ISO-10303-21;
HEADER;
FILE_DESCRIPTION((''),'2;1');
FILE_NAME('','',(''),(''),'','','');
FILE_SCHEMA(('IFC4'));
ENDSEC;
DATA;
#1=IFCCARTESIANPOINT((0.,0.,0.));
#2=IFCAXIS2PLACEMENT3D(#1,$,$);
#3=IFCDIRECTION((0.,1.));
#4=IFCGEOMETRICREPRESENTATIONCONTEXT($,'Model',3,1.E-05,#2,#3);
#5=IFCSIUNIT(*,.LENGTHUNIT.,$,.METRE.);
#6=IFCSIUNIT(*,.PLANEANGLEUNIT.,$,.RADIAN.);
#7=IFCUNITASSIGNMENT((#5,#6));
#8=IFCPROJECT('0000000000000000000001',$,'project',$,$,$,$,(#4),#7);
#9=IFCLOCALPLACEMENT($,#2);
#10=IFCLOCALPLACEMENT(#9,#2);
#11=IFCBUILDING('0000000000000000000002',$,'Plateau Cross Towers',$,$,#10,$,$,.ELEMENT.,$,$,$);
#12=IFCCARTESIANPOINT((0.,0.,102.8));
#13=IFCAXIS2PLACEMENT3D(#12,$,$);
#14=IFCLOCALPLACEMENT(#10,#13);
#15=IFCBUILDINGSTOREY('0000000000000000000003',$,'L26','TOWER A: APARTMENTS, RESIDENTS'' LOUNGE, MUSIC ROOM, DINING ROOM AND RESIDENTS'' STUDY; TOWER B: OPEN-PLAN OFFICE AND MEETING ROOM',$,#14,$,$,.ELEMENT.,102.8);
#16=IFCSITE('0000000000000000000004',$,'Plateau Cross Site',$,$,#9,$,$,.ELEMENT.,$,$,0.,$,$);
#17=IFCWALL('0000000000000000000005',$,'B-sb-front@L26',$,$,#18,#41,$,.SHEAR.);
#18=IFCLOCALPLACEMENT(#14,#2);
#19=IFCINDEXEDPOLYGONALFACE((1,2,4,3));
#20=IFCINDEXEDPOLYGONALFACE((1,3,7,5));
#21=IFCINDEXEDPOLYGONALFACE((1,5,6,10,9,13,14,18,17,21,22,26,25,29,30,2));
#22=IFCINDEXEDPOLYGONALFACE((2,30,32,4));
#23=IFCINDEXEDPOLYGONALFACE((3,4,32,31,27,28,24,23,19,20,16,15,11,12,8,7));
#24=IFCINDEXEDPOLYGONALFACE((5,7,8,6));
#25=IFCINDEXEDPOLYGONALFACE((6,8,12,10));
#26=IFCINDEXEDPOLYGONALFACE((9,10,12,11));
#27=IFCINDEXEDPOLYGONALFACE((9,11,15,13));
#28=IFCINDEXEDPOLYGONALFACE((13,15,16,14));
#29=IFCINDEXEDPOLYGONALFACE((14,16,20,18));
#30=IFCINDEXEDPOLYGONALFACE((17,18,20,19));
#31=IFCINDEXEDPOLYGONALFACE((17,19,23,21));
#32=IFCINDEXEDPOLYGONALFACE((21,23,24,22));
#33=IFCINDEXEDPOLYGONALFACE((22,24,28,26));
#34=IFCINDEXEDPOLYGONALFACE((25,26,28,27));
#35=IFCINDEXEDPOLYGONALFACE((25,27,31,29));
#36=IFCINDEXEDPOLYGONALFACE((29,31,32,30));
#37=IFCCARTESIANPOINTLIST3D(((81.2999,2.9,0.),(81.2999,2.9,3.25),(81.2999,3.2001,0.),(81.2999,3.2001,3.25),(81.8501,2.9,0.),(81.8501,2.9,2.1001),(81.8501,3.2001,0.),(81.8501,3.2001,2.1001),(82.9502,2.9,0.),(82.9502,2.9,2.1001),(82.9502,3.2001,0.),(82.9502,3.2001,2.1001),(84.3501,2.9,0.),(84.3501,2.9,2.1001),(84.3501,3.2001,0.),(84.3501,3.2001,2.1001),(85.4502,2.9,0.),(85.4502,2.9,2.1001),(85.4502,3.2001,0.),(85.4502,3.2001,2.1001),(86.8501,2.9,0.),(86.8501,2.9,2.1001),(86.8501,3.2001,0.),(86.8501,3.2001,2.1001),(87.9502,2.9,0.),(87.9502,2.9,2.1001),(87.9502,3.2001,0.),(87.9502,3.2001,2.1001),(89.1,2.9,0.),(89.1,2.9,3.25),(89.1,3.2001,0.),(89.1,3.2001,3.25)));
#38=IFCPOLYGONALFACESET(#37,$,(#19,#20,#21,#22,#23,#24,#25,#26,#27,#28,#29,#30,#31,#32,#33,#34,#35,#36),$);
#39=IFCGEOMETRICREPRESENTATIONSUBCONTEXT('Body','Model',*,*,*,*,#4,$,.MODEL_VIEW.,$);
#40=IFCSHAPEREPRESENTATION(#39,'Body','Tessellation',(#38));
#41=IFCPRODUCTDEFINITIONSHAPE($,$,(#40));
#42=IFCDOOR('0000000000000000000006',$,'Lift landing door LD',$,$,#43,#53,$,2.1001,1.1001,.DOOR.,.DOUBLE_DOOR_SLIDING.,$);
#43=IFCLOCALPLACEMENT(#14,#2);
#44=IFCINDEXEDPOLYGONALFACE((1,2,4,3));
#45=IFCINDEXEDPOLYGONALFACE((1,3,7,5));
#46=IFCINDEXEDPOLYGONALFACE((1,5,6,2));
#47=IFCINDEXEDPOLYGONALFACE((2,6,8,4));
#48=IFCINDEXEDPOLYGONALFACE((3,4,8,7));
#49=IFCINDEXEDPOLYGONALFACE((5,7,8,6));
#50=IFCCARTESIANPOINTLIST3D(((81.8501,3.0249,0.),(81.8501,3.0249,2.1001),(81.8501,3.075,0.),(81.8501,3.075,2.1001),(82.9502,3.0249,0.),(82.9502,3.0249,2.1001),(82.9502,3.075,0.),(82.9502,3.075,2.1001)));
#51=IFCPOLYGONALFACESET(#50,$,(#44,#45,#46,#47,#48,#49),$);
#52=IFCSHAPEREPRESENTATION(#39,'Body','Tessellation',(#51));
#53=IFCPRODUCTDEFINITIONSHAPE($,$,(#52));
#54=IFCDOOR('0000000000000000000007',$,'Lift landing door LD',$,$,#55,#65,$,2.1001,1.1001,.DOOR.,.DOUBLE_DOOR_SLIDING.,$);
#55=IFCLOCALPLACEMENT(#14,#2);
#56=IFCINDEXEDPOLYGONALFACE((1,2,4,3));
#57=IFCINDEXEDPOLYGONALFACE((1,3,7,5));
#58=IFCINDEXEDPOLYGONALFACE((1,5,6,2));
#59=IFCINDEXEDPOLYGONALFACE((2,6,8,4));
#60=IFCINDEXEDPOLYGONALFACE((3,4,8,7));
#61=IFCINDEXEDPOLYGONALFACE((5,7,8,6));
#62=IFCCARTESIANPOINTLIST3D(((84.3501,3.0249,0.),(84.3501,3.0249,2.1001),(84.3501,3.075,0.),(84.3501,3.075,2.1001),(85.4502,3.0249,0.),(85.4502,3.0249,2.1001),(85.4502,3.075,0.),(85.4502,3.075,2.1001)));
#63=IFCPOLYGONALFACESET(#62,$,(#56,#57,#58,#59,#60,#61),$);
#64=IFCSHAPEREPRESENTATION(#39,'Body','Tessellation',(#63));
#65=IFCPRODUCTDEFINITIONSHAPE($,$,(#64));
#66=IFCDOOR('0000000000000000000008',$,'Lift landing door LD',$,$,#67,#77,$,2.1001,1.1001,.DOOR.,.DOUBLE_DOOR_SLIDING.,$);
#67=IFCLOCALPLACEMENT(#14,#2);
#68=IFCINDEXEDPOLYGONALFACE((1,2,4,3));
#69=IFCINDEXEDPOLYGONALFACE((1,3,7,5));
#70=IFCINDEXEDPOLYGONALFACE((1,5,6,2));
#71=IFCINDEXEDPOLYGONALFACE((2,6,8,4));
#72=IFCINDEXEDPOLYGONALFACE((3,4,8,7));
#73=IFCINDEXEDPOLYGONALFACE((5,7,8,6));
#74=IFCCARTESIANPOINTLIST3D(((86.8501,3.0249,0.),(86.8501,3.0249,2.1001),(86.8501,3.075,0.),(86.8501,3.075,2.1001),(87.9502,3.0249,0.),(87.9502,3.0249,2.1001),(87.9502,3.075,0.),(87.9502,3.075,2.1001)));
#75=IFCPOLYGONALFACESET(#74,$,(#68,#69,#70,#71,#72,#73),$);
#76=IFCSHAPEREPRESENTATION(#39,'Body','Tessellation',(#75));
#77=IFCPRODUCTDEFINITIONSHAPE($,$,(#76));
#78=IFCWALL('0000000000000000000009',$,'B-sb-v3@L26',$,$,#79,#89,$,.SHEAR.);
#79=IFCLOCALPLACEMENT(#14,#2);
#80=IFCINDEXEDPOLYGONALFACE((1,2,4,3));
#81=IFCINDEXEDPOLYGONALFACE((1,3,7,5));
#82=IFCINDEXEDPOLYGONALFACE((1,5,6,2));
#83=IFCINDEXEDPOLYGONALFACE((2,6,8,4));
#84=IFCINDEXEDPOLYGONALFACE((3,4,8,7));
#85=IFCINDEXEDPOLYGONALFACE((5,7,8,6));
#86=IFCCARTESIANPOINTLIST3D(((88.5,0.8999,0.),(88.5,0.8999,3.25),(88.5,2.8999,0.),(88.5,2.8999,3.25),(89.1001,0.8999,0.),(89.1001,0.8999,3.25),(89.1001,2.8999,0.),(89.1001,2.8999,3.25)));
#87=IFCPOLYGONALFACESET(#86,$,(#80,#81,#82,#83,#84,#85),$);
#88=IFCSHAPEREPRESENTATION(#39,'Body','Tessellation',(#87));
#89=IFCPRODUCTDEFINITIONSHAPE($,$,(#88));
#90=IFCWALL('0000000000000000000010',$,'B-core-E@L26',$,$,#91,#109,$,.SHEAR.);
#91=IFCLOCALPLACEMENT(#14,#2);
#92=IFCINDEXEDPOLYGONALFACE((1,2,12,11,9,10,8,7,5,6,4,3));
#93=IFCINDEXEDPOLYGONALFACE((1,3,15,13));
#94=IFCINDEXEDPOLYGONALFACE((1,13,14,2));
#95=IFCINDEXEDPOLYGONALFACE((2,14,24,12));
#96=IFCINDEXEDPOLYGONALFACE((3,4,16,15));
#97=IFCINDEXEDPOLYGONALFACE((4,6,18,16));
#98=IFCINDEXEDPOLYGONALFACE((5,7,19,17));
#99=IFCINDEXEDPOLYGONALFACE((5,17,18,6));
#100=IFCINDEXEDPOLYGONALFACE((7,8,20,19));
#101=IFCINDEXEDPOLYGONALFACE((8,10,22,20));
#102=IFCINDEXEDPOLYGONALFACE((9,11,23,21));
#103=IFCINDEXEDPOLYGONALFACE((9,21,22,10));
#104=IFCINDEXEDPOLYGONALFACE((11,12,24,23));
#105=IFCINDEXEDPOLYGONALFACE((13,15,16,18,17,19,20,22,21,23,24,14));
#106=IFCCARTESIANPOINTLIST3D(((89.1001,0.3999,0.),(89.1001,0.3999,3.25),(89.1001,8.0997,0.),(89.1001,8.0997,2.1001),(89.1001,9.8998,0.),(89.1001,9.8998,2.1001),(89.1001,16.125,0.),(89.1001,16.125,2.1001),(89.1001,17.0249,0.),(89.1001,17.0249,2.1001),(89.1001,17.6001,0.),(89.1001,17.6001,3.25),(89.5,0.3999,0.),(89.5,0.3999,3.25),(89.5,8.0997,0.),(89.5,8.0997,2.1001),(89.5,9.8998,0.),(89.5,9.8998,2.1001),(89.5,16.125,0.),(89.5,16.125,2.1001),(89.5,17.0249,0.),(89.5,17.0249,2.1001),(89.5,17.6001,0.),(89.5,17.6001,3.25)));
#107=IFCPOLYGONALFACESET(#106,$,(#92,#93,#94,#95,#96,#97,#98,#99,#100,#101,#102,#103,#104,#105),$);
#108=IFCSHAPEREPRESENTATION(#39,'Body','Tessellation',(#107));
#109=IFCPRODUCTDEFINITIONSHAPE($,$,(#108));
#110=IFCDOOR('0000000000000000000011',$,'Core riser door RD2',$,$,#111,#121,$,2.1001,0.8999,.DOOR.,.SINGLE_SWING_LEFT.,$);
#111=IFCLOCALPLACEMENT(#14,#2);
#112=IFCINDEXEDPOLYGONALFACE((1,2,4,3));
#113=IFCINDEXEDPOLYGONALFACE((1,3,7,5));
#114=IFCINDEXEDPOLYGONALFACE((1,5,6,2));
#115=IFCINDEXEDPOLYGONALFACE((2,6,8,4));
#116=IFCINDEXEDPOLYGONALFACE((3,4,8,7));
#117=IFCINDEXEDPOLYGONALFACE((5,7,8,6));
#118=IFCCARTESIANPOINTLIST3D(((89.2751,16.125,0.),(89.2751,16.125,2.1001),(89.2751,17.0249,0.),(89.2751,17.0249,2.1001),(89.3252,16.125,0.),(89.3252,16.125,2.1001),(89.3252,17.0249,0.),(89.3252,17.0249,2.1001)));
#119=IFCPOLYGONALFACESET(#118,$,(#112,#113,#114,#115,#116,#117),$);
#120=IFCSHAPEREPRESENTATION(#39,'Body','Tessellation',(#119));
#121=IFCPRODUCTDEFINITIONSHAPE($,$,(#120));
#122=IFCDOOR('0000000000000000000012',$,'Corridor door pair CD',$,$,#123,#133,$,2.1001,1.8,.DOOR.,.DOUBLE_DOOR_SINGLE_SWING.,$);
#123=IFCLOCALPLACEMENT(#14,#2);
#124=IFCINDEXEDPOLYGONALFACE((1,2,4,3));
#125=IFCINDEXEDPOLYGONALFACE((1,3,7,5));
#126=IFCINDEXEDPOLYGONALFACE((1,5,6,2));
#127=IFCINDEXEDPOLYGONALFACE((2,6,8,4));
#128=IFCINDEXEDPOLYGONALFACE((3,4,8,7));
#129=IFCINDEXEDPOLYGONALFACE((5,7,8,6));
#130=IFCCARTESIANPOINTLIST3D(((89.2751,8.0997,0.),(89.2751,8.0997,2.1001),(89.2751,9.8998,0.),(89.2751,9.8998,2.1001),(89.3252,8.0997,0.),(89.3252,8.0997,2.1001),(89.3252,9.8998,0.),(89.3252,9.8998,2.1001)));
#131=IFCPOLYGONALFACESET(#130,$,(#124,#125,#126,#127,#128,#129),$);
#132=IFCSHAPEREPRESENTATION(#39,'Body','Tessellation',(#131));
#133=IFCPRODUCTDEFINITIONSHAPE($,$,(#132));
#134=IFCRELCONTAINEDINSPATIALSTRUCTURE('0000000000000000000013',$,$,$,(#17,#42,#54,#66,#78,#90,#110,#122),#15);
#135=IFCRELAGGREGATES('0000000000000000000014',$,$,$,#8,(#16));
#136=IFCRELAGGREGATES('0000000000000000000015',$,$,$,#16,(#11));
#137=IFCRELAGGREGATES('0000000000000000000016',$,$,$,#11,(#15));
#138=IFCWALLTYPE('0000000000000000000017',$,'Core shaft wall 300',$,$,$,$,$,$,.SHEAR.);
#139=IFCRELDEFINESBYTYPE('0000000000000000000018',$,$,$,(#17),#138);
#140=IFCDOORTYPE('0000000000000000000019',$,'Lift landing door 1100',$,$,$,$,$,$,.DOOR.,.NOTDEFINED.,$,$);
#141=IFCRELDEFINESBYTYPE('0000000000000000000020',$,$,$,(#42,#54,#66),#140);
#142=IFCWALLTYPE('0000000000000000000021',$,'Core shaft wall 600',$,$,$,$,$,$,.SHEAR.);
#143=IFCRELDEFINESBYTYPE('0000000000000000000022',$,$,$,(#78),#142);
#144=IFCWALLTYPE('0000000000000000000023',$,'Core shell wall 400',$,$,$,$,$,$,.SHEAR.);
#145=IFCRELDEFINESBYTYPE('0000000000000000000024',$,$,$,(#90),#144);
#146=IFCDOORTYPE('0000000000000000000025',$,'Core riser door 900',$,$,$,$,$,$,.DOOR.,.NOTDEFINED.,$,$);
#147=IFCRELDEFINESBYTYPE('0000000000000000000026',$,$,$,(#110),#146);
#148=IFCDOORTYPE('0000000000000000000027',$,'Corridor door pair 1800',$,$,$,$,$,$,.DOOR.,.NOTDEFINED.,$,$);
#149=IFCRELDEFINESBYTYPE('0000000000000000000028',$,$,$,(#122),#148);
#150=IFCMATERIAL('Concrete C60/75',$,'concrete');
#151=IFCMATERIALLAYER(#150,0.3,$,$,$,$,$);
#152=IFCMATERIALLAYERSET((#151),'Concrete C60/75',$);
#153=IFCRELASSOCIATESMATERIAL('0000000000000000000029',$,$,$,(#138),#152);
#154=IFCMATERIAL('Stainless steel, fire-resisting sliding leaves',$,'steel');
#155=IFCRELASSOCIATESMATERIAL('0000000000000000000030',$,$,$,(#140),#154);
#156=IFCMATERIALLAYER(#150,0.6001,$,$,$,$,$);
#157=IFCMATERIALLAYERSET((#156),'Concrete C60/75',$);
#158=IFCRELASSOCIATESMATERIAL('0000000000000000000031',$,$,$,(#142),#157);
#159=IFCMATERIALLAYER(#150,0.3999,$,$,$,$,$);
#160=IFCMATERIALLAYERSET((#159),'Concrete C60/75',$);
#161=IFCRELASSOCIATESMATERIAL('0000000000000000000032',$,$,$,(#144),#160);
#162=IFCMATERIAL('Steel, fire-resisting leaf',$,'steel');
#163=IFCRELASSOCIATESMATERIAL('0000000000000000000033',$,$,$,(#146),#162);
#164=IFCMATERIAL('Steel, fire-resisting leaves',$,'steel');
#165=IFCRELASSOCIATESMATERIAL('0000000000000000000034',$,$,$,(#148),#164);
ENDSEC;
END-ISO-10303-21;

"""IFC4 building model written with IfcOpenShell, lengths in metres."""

from ifc_helpers import new_model, si_unit, direction, frame, frame_2d, origin, place, context, subcontext, project, spatial, rectangle, extrude, material, layer, layer_set, type_object, element, fill, save


model = new_model("IFC4")

# Units and contexts
model_context = context("Model", 3, precision=1e-05, world=origin(), true_north=direction((0.0, 1.0)))
body_context = subcontext(model_context, "Body", "Model", "MODEL_VIEW")
ifc_project = project(units=[si_unit("LENGTHUNIT", "METRE"), si_unit("PLANEANGLEUNIT", "RADIAN")], contexts=[model_context])

# Site, building, storey
site_placement = place(None, origin())
site = spatial("IfcSite", under=ifc_project, at=site_placement, Name="Plateau Cross Site", CompositionType="ELEMENT", RefElevation=0.0)
building_placement = place(site_placement, origin())
building = spatial("IfcBuilding", under=site, at=building_placement, Name="Plateau Cross Towers", CompositionType="ELEMENT")
storey_placement = place(building_placement, frame((0.0, 0.0, 102.8)))
storey = spatial("IfcBuildingStorey", under=building, at=storey_placement, Name="L26", Description="TOWER A: APARTMENTS, RESIDENTS' LOUNGE, MUSIC ROOM, DINING ROOM AND RESIDENTS' STUDY; TOWER B: OPEN-PLAN OFFICE AND MEETING ROOM", CompositionType="ELEMENT", Elevation=102.8)

# Shared definitions
ifc_material_1 = material(Name="Concrete C60/75", Category="concrete")

# Shared definitions
ifc_layer_1 = layer(ifc_material_1, 0.3)
ifc_layer_set_1 = layer_set([ifc_layer_1], Name="Concrete C60/75")
wall_type_1 = type_object("IfcWallType", Name="Core shaft wall 300", PredefinedType="SHEAR", material=ifc_layer_set_1)

# Wall, openings, doors
wall_1_placement = place(storey_placement, frame((81.3, 3.05, 0.0), z_axis=(0.0, 0.0, 1.0), x_axis=(1.0, 0.0, 0.0)))
wall_1 = element("IfcWall", 1, at=wall_1_placement, inside=storey, type_object=wall_type_1, Name="B-sb-front@L26", PredefinedType="SHEAR", context=body_context, shape_type="SweptSolid", body=[
    extrude(rectangle(XDim=7.8, YDim=0.3, at=frame_2d((3.8999, 0.0))), origin(), (0.0, 0.0, 1.0), 3.25),
])
opening_1_placement = place(wall_1_placement, frame((0.55, 0.0, 0.0)))
opening_1 = element("IfcOpeningElement", 2, at=opening_1_placement, cuts=wall_1, PredefinedType="OPENING", context=body_context, shape_type="SweptSolid", body=[
    extrude(rectangle(XDim=1.1001, YDim=2.1001, at=frame_2d((0.55, 1.05))), frame((0.0, 0.1599, 0.0), z_axis=(0.0, -1.0, 0.0), x_axis=(1.0, 0.0, 0.0)), (0.0, 0.0, 1.0), 0.3201),
])
opening_2_placement = place(wall_1_placement, frame((3.05, 0.0, 0.0)))
opening_2 = element("IfcOpeningElement", 3, at=opening_2_placement, cuts=wall_1, PredefinedType="OPENING", context=body_context, shape_type="SweptSolid", body=[
    extrude(rectangle(XDim=1.1001, YDim=2.1001, at=frame_2d((0.55, 1.05))), frame((0.0, 0.1599, 0.0), z_axis=(0.0, -1.0, 0.0), x_axis=(1.0, 0.0, 0.0)), (0.0, 0.0, 1.0), 0.3201),
])
opening_3_placement = place(wall_1_placement, frame((5.55, 0.0, 0.0)))
opening_3 = element("IfcOpeningElement", 4, at=opening_3_placement, cuts=wall_1, PredefinedType="OPENING", context=body_context, shape_type="SweptSolid", body=[
    extrude(rectangle(XDim=1.1001, YDim=2.1001, at=frame_2d((0.55, 1.05))), frame((0.0, 0.1599, 0.0), z_axis=(0.0, -1.0, 0.0), x_axis=(1.0, 0.0, 0.0)), (0.0, 0.0, 1.0), 0.3201),
])
ifc_material_2 = material(Name="Stainless steel, fire-resisting sliding leaves", Category="steel")
door_type_1 = type_object("IfcDoorType", Name="Lift landing door 1100", OperationType="NOTDEFINED", PredefinedType="DOOR", material=ifc_material_2)
door_1_placement = place(opening_1_placement, origin())
door_1 = element("IfcDoor", 5, at=door_1_placement, inside=storey, type_object=door_type_1, Name="Lift landing door LD", OperationType="DOUBLE_DOOR_SLIDING", OverallHeight=2.1001, OverallWidth=1.1001, PredefinedType="DOOR", context=body_context, shape_type="SweptSolid", body=[
    extrude(rectangle(XDim=1.1001, YDim=2.1001, at=frame_2d((0.55, 1.05))), frame((0.0, 0.0249, 0.0), z_axis=(0.0, -1.0, 0.0), x_axis=(1.0, 0.0, 0.0)), (0.0, 0.0, 1.0), 0.05),
])
fill(opening_1, door_1)
door_2_placement = place(opening_2_placement, origin())
door_2 = element("IfcDoor", 6, at=door_2_placement, inside=storey, type_object=door_type_1, Name="Lift landing door LD", OperationType="DOUBLE_DOOR_SLIDING", OverallHeight=2.1001, OverallWidth=1.1001, PredefinedType="DOOR", context=body_context, shape_type="SweptSolid", body=[
    extrude(rectangle(XDim=1.1001, YDim=2.1001, at=frame_2d((0.55, 1.05))), frame((0.0, 0.0249, 0.0), z_axis=(0.0, -1.0, 0.0), x_axis=(1.0, 0.0, 0.0)), (0.0, 0.0, 1.0), 0.05),
])
fill(opening_2, door_2)
door_3_placement = place(opening_3_placement, origin())
door_3 = element("IfcDoor", 7, at=door_3_placement, inside=storey, type_object=door_type_1, Name="Lift landing door LD", OperationType="DOUBLE_DOOR_SLIDING", OverallHeight=2.1001, OverallWidth=1.1001, PredefinedType="DOOR", context=body_context, shape_type="SweptSolid", body=[
    extrude(rectangle(XDim=1.1001, YDim=2.1001, at=frame_2d((0.55, 1.05))), frame((0.0, 0.0249, 0.0), z_axis=(0.0, -1.0, 0.0), x_axis=(1.0, 0.0, 0.0)), (0.0, 0.0, 1.0), 0.05),
])
fill(opening_3, door_3)

# Wall
ifc_layer_2 = layer(ifc_material_1, 0.6001)
ifc_layer_set_2 = layer_set([ifc_layer_2], Name="Concrete C60/75")
wall_type_2 = type_object("IfcWallType", Name="Core shaft wall 600", PredefinedType="SHEAR", material=ifc_layer_set_2)
wall_2_placement = place(storey_placement, frame((88.8, 0.8999, 0.0), z_axis=(0.0, 0.0, 1.0), x_axis=(0.0, 1.0, 0.0)))
element("IfcWall", 8, at=wall_2_placement, inside=storey, type_object=wall_type_2, Name="B-sb-v3@L26", PredefinedType="SHEAR", context=body_context, shape_type="SweptSolid", body=[
    extrude(rectangle(XDim=2.0, YDim=0.6001, at=frame_2d((1.0, 0.0))), origin(), (0.0, 0.0, 1.0), 3.25),
])

# Wall, openings, doors
ifc_layer_3 = layer(ifc_material_1, 0.3999)
ifc_layer_set_3 = layer_set([ifc_layer_3], Name="Concrete C60/75")
wall_type_3 = type_object("IfcWallType", Name="Core shell wall 400", PredefinedType="SHEAR", material=ifc_layer_set_3)
wall_3_placement = place(storey_placement, frame((89.3, 0.3999, 0.0), z_axis=(0.0, 0.0, 1.0), x_axis=(0.0, 1.0, 0.0)))
wall_3 = element("IfcWall", 9, at=wall_3_placement, inside=storey, type_object=wall_type_3, Name="B-core-E@L26", PredefinedType="SHEAR", context=body_context, shape_type="SweptSolid", body=[
    extrude(rectangle(XDim=17.2002, YDim=0.3999, at=frame_2d((8.6001, 0.0))), origin(), (0.0, 0.0, 1.0), 3.25),
])
opening_4_placement = place(wall_3_placement, frame((7.7, 0.0, 0.0)))
opening_4 = element("IfcOpeningElement", 10, at=opening_4_placement, cuts=wall_3, PredefinedType="OPENING", context=body_context, shape_type="SweptSolid", body=[
    extrude(rectangle(XDim=1.8, YDim=2.1001, at=frame_2d((0.8999, 1.05))), frame((0.0, 0.21, 0.0), z_axis=(0.0, -1.0, 0.0), x_axis=(1.0, 0.0, 0.0)), (0.0, 0.0, 1.0), 0.4199),
])
opening_5_placement = place(wall_3_placement, frame((15.7251, 0.0, 0.0)))
opening_5 = element("IfcOpeningElement", 11, at=opening_5_placement, cuts=wall_3, PredefinedType="OPENING", context=body_context, shape_type="SweptSolid", body=[
    extrude(rectangle(XDim=0.8999, YDim=2.1001, at=frame_2d((0.45, 1.05))), frame((0.0, 0.21, 0.0), z_axis=(0.0, -1.0, 0.0), x_axis=(1.0, 0.0, 0.0)), (0.0, 0.0, 1.0), 0.4199),
])
ifc_material_3 = material(Name="Steel, fire-resisting leaf", Category="steel")
door_type_2 = type_object("IfcDoorType", Name="Core riser door 900", OperationType="NOTDEFINED", PredefinedType="DOOR", material=ifc_material_3)
door_4_placement = place(opening_5_placement, origin())
door_4 = element("IfcDoor", 12, at=door_4_placement, inside=storey, type_object=door_type_2, Name="Core riser door RD2", OperationType="SINGLE_SWING_LEFT", OverallHeight=2.1001, OverallWidth=0.8999, PredefinedType="DOOR", context=body_context, shape_type="SweptSolid", body=[
    extrude(rectangle(XDim=0.8999, YDim=2.1001, at=frame_2d((0.45, 1.05))), frame((0.0, 0.0249, 0.0), z_axis=(0.0, -1.0, 0.0), x_axis=(1.0, 0.0, 0.0)), (0.0, 0.0, 1.0), 0.05),
])
fill(opening_5, door_4)
ifc_material_4 = material(Name="Steel, fire-resisting leaves", Category="steel")
door_type_3 = type_object("IfcDoorType", Name="Corridor door pair 1800", OperationType="NOTDEFINED", PredefinedType="DOOR", material=ifc_material_4)
door_5_placement = place(opening_4_placement, origin())
door_5 = element("IfcDoor", 13, at=door_5_placement, inside=storey, type_object=door_type_3, Name="Corridor door pair CD", OperationType="DOUBLE_DOOR_SINGLE_SWING", OverallHeight=2.1001, OverallWidth=1.8, PredefinedType="DOOR", context=body_context, shape_type="SweptSolid", body=[
    extrude(rectangle(XDim=1.8, YDim=2.1001, at=frame_2d((0.8999, 1.05))), frame((0.0, 0.0249, 0.0), z_axis=(0.0, -1.0, 0.0), x_axis=(1.0, 0.0, 0.0)), (0.0, 0.0, 1.0), 0.05),
])
fill(opening_4, door_5)

save(model, "model.ifc")
